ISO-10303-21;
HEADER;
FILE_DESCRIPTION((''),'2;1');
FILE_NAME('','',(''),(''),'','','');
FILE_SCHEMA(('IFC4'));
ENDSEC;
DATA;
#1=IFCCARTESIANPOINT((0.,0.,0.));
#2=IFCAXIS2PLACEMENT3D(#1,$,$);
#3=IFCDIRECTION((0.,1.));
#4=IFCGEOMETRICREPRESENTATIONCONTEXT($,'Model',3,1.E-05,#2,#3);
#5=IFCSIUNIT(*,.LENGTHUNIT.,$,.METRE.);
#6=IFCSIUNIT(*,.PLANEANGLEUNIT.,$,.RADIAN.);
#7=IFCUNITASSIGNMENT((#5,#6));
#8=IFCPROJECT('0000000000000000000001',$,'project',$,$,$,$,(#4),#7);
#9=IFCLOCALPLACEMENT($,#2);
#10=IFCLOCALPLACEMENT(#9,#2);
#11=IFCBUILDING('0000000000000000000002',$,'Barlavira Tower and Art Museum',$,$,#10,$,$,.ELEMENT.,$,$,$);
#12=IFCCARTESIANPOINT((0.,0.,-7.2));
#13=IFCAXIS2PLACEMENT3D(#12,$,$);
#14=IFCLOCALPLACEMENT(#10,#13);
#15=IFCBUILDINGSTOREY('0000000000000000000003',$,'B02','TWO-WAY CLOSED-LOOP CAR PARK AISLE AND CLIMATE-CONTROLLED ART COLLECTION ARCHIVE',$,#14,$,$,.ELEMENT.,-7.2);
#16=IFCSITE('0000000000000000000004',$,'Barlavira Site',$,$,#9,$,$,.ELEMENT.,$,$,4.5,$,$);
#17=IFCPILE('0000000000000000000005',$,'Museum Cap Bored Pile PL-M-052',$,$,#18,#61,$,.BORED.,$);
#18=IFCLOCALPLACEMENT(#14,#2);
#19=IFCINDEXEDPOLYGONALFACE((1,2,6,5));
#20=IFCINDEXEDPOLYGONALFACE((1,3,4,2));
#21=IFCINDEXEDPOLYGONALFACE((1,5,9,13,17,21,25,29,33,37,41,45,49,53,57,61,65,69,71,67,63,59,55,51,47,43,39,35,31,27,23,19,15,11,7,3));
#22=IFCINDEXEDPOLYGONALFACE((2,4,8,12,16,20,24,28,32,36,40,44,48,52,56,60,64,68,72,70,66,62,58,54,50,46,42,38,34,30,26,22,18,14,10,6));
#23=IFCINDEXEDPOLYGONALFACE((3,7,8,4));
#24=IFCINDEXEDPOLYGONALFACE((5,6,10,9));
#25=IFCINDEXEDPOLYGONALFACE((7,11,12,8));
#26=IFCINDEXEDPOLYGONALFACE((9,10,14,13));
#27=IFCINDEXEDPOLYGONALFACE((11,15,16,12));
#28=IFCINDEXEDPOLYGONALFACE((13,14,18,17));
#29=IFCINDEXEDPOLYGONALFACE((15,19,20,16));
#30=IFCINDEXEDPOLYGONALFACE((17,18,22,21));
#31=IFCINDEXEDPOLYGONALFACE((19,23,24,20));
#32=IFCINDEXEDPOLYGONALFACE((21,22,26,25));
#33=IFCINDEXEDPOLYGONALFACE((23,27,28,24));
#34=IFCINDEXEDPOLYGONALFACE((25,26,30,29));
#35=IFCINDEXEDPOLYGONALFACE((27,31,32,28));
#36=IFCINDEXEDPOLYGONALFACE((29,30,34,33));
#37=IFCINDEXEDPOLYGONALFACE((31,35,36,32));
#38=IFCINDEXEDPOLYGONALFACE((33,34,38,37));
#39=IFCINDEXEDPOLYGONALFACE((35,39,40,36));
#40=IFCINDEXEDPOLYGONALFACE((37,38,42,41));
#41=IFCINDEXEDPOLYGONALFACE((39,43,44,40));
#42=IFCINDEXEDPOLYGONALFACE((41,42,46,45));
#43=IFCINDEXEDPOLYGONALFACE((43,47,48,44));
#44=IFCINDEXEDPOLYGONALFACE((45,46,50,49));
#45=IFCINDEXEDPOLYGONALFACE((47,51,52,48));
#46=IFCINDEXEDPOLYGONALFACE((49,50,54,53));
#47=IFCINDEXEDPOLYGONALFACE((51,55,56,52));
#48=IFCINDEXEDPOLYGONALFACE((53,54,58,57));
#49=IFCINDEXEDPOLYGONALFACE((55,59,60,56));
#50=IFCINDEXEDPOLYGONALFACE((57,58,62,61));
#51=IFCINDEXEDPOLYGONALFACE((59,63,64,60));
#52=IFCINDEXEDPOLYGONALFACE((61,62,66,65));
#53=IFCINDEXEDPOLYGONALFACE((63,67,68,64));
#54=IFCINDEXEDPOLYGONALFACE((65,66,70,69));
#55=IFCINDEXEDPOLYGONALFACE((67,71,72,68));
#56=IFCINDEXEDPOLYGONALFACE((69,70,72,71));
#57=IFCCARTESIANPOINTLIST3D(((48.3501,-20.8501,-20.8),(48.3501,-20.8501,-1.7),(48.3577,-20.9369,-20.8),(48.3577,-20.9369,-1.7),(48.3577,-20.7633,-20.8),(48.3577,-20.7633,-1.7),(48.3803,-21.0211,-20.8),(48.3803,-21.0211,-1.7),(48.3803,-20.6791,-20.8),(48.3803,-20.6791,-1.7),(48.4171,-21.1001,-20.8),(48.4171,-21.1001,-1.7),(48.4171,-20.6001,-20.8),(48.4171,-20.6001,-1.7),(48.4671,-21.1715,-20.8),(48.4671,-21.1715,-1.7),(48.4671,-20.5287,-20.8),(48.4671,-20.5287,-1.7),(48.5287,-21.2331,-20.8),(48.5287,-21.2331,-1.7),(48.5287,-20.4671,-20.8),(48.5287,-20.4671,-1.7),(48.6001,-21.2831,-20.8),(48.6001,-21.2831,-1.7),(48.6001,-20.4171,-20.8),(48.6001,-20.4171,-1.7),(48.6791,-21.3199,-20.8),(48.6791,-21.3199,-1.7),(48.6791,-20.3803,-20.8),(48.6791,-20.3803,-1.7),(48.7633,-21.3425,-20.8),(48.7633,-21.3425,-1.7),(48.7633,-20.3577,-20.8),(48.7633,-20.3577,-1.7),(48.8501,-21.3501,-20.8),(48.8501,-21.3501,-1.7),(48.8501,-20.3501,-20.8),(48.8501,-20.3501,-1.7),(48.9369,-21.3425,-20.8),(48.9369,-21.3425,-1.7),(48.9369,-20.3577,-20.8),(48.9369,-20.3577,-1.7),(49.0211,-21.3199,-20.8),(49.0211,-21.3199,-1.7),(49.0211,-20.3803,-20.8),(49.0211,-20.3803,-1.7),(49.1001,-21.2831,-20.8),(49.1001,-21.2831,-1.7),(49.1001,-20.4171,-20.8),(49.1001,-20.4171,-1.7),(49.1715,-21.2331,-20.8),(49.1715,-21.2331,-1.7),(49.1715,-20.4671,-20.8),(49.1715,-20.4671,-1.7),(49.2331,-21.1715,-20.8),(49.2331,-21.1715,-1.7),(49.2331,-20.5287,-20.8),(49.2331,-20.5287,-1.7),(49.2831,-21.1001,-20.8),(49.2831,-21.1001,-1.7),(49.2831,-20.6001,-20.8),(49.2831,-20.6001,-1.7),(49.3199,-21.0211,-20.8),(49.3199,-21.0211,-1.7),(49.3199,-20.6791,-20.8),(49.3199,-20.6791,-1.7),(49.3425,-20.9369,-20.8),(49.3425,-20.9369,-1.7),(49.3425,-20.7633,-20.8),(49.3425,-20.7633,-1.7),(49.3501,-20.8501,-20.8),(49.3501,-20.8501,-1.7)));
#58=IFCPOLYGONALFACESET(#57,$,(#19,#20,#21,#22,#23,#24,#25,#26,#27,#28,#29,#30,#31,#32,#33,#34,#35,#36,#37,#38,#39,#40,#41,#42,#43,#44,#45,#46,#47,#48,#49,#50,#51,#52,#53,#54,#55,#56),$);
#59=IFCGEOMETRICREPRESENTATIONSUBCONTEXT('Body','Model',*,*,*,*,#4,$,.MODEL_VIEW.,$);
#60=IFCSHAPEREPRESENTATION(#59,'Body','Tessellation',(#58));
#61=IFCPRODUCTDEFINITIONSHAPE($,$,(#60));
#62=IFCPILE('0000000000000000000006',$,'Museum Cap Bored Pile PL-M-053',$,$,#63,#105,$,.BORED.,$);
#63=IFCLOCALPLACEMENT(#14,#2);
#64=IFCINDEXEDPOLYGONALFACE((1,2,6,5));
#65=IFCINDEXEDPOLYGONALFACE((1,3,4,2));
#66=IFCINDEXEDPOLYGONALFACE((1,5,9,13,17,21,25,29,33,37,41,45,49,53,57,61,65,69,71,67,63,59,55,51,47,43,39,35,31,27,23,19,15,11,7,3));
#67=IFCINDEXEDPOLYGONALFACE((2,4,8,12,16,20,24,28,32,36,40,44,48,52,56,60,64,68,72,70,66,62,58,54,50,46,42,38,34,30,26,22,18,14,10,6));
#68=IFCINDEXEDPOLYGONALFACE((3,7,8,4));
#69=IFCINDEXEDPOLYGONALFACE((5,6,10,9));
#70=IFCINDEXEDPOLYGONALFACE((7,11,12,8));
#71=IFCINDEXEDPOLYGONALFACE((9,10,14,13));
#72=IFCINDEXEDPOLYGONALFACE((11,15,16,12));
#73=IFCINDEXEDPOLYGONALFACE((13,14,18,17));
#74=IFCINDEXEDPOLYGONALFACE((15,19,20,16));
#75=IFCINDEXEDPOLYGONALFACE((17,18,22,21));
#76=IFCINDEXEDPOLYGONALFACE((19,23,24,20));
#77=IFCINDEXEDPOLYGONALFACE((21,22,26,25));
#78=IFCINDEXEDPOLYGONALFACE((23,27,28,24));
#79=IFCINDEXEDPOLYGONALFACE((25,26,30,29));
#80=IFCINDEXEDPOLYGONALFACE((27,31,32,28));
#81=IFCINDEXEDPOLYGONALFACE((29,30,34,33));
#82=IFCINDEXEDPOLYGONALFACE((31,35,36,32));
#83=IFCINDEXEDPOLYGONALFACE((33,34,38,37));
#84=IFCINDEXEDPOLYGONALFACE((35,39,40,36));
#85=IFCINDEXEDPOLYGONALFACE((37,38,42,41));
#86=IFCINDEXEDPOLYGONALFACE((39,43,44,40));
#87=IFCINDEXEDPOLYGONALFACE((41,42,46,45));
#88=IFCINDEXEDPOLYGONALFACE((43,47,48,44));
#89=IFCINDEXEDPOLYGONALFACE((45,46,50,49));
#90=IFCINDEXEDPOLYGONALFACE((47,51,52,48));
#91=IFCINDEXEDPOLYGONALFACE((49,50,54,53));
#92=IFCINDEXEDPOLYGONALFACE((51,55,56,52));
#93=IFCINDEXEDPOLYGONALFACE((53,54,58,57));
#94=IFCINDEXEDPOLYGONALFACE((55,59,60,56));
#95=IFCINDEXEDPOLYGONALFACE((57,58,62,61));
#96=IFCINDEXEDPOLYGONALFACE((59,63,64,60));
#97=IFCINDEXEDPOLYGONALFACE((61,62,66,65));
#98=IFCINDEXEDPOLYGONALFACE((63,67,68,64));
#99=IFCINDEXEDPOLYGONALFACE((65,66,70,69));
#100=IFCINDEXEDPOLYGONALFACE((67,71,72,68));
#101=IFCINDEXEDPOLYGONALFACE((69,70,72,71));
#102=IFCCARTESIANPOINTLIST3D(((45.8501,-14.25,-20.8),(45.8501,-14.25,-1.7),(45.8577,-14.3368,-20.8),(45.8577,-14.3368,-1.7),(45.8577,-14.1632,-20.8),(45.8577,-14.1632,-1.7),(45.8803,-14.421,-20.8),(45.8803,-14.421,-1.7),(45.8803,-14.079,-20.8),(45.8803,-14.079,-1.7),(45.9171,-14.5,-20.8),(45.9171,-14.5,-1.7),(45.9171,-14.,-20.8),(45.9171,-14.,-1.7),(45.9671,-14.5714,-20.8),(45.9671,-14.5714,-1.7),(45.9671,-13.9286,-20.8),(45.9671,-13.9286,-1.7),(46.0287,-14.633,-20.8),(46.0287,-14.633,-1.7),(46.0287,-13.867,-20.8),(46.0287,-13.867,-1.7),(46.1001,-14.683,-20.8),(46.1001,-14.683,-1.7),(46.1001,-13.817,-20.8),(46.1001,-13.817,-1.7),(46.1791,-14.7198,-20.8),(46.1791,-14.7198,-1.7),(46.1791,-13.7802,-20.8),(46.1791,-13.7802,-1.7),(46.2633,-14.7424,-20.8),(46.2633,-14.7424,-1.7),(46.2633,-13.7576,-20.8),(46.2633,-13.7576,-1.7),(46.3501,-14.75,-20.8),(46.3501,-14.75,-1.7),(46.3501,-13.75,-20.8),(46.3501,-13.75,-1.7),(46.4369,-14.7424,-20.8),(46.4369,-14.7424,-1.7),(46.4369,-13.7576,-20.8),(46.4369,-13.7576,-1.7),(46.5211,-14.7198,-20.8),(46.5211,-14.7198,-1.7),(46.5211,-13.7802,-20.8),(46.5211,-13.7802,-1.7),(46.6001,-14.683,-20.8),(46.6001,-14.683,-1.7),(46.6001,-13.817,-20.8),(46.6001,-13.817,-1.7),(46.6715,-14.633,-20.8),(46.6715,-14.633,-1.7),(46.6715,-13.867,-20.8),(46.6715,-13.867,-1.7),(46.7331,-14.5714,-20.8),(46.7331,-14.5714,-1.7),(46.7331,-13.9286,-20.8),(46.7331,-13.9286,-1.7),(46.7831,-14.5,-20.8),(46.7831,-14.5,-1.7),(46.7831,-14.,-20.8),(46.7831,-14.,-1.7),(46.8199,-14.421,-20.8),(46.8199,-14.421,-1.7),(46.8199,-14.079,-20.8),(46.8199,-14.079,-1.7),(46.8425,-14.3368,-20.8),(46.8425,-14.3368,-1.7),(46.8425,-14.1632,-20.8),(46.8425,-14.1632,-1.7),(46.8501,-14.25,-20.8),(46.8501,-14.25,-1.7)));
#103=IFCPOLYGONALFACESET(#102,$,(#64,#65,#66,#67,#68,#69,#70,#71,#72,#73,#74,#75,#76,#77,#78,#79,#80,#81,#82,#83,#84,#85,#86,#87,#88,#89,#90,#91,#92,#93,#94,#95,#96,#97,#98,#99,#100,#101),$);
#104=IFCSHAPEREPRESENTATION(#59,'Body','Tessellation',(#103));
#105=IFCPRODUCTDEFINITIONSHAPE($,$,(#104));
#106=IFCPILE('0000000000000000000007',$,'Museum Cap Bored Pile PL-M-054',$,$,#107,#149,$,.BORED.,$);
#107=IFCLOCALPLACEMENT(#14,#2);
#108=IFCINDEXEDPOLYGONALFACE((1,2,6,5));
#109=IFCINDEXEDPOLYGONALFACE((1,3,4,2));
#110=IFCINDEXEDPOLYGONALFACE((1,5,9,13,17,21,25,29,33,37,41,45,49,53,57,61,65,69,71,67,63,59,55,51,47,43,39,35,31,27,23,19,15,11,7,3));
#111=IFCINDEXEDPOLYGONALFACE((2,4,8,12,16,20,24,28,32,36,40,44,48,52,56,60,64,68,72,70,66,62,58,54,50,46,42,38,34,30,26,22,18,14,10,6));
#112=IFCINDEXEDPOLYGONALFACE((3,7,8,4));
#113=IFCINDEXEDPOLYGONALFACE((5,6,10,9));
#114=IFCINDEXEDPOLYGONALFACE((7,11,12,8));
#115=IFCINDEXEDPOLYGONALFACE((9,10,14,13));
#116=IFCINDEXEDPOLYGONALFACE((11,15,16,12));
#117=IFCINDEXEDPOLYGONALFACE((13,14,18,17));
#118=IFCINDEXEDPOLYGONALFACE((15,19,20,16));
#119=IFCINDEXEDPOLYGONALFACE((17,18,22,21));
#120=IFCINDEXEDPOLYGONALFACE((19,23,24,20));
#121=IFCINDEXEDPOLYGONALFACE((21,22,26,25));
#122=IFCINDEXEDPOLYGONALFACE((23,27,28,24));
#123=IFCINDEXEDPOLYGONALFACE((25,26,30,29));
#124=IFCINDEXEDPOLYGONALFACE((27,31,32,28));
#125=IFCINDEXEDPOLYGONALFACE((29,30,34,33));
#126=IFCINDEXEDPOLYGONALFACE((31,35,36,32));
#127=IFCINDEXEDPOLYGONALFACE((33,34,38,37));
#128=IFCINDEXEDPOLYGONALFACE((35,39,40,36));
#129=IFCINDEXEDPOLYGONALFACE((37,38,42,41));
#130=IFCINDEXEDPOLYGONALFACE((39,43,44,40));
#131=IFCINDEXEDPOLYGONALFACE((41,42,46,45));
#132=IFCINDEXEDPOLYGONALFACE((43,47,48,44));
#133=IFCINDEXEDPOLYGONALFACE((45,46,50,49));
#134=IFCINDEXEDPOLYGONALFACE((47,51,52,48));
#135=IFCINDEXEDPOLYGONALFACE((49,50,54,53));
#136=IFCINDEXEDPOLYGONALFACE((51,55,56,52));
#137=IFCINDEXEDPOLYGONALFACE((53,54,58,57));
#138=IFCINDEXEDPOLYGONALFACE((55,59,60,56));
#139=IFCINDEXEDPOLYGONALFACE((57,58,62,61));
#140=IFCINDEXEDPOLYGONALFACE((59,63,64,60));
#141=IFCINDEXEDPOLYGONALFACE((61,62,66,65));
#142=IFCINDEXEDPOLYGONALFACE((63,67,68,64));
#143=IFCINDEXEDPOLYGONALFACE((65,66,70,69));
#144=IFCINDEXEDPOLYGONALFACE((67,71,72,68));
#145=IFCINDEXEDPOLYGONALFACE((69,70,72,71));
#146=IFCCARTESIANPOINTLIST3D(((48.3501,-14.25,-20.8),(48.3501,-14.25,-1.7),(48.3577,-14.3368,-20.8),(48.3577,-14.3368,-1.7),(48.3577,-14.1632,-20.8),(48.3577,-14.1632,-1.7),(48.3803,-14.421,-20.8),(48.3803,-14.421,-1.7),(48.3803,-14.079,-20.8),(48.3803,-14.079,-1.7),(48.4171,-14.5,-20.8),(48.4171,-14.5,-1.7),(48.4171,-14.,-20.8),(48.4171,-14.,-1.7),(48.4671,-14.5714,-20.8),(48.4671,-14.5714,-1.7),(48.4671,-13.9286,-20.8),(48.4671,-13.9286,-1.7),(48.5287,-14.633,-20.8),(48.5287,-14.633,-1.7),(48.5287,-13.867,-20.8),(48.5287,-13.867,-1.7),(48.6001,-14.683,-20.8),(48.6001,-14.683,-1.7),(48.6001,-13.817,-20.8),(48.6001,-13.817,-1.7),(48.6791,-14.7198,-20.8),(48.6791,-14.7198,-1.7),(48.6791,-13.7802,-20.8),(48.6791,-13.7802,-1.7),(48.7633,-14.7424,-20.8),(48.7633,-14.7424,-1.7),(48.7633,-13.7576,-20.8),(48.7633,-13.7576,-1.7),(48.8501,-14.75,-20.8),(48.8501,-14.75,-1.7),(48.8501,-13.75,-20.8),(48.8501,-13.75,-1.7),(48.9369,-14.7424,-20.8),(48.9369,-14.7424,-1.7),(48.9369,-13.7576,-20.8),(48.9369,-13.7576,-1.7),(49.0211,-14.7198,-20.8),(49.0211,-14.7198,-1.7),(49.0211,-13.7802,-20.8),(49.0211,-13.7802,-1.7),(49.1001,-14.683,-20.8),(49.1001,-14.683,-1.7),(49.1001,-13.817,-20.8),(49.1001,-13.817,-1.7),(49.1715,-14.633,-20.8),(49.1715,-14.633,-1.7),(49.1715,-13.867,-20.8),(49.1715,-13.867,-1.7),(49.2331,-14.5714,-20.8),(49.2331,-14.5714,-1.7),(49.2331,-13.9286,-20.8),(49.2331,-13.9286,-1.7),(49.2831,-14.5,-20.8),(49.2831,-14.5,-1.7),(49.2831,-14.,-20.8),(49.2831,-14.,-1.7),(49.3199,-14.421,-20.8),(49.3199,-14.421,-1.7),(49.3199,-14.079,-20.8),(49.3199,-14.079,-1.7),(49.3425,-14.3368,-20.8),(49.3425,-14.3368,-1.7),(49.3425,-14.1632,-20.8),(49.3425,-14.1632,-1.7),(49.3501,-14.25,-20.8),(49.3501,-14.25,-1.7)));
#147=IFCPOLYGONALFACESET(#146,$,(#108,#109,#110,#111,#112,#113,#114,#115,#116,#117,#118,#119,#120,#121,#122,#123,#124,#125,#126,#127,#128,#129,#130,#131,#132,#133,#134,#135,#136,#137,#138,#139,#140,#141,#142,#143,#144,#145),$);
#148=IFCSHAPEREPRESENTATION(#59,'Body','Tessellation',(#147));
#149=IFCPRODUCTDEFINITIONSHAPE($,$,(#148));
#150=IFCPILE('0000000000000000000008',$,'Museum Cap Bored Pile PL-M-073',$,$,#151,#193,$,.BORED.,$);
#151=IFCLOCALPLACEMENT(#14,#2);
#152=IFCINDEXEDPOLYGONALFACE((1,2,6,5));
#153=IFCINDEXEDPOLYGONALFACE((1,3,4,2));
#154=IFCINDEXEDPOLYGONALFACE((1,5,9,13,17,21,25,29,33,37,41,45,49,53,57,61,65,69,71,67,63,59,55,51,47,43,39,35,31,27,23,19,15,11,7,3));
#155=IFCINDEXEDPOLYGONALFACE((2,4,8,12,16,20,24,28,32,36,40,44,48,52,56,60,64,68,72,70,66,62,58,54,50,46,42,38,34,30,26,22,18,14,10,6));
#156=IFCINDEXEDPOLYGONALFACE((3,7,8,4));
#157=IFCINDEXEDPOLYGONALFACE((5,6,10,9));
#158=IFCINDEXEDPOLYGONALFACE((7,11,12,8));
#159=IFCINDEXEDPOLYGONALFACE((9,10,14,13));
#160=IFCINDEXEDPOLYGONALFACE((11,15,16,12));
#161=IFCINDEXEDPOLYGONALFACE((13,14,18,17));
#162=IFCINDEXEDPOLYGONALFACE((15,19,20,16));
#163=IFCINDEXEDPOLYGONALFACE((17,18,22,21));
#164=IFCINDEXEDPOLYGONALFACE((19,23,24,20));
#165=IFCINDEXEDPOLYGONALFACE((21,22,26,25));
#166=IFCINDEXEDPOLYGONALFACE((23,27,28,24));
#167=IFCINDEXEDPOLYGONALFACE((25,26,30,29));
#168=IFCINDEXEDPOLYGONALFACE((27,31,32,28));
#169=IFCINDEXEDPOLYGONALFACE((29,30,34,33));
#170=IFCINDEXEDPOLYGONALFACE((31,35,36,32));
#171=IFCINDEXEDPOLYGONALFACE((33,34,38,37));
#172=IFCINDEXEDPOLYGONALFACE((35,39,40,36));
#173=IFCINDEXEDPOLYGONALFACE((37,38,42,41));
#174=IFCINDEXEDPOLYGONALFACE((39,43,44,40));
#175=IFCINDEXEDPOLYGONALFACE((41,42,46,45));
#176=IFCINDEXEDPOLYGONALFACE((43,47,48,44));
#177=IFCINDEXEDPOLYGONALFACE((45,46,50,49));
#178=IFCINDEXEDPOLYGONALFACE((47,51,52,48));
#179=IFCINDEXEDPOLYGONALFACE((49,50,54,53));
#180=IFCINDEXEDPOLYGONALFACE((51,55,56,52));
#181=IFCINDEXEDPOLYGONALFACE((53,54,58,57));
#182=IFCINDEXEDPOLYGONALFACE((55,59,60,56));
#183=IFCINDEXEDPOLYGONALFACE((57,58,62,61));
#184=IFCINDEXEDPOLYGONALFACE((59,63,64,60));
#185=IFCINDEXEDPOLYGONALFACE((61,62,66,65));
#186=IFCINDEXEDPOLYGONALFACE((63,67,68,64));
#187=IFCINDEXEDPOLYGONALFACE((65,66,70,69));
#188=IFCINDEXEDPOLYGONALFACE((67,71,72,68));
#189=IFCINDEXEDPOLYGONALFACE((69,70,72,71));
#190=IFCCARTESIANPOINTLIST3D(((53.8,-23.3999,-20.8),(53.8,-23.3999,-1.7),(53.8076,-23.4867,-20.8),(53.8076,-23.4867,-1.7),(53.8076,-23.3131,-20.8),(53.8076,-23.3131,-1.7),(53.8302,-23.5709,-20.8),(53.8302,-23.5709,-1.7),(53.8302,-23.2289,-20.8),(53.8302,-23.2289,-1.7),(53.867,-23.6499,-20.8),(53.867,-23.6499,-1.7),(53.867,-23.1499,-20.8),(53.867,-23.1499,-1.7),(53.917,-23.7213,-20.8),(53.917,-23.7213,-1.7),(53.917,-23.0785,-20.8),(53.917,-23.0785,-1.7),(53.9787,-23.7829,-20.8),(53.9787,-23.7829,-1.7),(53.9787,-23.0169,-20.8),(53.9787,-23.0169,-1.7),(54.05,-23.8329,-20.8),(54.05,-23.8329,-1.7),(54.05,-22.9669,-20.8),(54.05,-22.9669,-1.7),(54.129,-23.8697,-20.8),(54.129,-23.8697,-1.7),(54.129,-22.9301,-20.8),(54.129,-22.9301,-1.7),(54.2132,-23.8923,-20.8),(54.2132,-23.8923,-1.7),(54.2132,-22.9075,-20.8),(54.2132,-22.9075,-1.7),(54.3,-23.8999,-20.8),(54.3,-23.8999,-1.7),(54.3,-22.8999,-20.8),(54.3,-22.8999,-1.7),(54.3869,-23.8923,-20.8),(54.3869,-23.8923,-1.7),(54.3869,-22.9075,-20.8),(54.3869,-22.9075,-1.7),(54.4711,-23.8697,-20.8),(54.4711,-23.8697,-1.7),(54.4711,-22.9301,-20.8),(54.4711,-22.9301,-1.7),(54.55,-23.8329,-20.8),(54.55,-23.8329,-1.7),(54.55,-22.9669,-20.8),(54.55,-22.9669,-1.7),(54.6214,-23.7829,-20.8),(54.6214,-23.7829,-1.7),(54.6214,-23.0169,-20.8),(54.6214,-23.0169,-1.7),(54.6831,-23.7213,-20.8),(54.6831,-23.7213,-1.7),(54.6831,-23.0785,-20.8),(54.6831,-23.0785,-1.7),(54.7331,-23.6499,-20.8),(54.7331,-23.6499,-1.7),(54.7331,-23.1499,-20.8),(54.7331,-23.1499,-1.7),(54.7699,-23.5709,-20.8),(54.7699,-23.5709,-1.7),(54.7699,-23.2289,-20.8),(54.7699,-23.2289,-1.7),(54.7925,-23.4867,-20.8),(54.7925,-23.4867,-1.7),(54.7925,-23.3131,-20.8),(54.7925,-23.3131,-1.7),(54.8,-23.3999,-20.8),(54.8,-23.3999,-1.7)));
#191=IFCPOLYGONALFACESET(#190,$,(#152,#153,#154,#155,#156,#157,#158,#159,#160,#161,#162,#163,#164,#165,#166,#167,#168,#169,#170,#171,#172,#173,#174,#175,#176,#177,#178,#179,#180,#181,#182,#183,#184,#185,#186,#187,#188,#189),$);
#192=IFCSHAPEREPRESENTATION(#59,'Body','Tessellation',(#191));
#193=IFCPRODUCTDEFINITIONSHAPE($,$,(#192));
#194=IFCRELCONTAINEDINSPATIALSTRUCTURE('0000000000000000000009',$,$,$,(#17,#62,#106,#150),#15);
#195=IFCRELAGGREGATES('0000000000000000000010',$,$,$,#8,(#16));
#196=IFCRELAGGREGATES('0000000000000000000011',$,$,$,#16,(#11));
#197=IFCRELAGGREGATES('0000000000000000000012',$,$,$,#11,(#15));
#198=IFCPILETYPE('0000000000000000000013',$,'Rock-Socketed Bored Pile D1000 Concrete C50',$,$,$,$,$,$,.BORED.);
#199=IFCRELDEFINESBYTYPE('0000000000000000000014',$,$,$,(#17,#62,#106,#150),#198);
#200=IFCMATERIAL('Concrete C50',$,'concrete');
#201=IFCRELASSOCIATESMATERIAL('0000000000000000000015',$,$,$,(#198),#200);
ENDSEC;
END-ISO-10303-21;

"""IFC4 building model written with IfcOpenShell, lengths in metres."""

from ifc_helpers import new_model, si_unit, direction, frame, origin, origin_2d, place, context, subcontext, project, spatial, circle, extrude, material, material_profile, profile_set, type_object, element, save


model = new_model("IFC4")

# Units and contexts
model_context = context("Model", 3, precision=1e-05, world=origin(), true_north=direction((0.0, 1.0)))
body_context = subcontext(model_context, "Body", "Model", "MODEL_VIEW")
ifc_project = project(units=[si_unit("LENGTHUNIT", "METRE"), si_unit("PLANEANGLEUNIT", "RADIAN")], contexts=[model_context])

# Site, building, storey
site_placement = place(None, origin())
site = spatial("IfcSite", under=ifc_project, at=site_placement, Name="Barlavira Site", CompositionType="ELEMENT", RefElevation=4.5)
building_placement = place(site_placement, origin())
building = spatial("IfcBuilding", under=site, at=building_placement, Name="Barlavira Tower and Art Museum", CompositionType="ELEMENT")
storey_placement = place(building_placement, frame((0.0, 0.0, -7.2)))
storey = spatial("IfcBuildingStorey", under=building, at=storey_placement, Name="B02", Description="TWO-WAY CLOSED-LOOP CAR PARK AISLE AND CLIMATE-CONTROLLED ART COLLECTION ARCHIVE", CompositionType="ELEMENT", Elevation=-7.2)

# Shared definitions
ifc_material = material(Name="Concrete C50", Category="concrete")

# Piles
ifc_material_profile_1 = material_profile(ifc_material, circle(Radius=0.5, at=origin_2d()), Name="BORED PILE D1000")
ifc_profile_set_1 = profile_set([ifc_material_profile_1], Name="Concrete C50")
pile_type = type_object("IfcPileType", Name="Rock-Socketed Bored Pile D1000 Concrete C50", PredefinedType="BORED", material=ifc_profile_set_1)
for number, where, z_axis, x_axis, name in (
    (1, (48.8501, -20.8501, -1.7), (0.0, 0.0, -1.0), (1.0, 0.0, 0.0), "Museum Cap Bored Pile PL-M-052"),
    (2, (46.3501, -14.25, -1.7), (0.0, 0.0, -1.0), (1.0, 0.0, 0.0), "Museum Cap Bored Pile PL-M-053"),
    (3, (48.8501, -14.25, -1.7), (0.0, 0.0, -1.0), (1.0, 0.0, 0.0), "Museum Cap Bored Pile PL-M-054"),
    (4, (54.3, -23.3999, -1.7), (0.0, 0.0, -1.0), (1.0, 0.0, 0.0), "Museum Cap Bored Pile PL-M-073"),
):
    element("IfcPile", number, at=place(storey_placement, frame(where, z_axis=z_axis, x_axis=x_axis)), inside=storey, type_object=pile_type, Name=name, PredefinedType="BORED", context=body_context, shape_type="SweptSolid", body=[
        extrude(circle(Radius=0.5, at=origin_2d()), origin(), (0.0, 0.0, 1.0), 19.1001),
    ])

save(model, "model.ifc")
